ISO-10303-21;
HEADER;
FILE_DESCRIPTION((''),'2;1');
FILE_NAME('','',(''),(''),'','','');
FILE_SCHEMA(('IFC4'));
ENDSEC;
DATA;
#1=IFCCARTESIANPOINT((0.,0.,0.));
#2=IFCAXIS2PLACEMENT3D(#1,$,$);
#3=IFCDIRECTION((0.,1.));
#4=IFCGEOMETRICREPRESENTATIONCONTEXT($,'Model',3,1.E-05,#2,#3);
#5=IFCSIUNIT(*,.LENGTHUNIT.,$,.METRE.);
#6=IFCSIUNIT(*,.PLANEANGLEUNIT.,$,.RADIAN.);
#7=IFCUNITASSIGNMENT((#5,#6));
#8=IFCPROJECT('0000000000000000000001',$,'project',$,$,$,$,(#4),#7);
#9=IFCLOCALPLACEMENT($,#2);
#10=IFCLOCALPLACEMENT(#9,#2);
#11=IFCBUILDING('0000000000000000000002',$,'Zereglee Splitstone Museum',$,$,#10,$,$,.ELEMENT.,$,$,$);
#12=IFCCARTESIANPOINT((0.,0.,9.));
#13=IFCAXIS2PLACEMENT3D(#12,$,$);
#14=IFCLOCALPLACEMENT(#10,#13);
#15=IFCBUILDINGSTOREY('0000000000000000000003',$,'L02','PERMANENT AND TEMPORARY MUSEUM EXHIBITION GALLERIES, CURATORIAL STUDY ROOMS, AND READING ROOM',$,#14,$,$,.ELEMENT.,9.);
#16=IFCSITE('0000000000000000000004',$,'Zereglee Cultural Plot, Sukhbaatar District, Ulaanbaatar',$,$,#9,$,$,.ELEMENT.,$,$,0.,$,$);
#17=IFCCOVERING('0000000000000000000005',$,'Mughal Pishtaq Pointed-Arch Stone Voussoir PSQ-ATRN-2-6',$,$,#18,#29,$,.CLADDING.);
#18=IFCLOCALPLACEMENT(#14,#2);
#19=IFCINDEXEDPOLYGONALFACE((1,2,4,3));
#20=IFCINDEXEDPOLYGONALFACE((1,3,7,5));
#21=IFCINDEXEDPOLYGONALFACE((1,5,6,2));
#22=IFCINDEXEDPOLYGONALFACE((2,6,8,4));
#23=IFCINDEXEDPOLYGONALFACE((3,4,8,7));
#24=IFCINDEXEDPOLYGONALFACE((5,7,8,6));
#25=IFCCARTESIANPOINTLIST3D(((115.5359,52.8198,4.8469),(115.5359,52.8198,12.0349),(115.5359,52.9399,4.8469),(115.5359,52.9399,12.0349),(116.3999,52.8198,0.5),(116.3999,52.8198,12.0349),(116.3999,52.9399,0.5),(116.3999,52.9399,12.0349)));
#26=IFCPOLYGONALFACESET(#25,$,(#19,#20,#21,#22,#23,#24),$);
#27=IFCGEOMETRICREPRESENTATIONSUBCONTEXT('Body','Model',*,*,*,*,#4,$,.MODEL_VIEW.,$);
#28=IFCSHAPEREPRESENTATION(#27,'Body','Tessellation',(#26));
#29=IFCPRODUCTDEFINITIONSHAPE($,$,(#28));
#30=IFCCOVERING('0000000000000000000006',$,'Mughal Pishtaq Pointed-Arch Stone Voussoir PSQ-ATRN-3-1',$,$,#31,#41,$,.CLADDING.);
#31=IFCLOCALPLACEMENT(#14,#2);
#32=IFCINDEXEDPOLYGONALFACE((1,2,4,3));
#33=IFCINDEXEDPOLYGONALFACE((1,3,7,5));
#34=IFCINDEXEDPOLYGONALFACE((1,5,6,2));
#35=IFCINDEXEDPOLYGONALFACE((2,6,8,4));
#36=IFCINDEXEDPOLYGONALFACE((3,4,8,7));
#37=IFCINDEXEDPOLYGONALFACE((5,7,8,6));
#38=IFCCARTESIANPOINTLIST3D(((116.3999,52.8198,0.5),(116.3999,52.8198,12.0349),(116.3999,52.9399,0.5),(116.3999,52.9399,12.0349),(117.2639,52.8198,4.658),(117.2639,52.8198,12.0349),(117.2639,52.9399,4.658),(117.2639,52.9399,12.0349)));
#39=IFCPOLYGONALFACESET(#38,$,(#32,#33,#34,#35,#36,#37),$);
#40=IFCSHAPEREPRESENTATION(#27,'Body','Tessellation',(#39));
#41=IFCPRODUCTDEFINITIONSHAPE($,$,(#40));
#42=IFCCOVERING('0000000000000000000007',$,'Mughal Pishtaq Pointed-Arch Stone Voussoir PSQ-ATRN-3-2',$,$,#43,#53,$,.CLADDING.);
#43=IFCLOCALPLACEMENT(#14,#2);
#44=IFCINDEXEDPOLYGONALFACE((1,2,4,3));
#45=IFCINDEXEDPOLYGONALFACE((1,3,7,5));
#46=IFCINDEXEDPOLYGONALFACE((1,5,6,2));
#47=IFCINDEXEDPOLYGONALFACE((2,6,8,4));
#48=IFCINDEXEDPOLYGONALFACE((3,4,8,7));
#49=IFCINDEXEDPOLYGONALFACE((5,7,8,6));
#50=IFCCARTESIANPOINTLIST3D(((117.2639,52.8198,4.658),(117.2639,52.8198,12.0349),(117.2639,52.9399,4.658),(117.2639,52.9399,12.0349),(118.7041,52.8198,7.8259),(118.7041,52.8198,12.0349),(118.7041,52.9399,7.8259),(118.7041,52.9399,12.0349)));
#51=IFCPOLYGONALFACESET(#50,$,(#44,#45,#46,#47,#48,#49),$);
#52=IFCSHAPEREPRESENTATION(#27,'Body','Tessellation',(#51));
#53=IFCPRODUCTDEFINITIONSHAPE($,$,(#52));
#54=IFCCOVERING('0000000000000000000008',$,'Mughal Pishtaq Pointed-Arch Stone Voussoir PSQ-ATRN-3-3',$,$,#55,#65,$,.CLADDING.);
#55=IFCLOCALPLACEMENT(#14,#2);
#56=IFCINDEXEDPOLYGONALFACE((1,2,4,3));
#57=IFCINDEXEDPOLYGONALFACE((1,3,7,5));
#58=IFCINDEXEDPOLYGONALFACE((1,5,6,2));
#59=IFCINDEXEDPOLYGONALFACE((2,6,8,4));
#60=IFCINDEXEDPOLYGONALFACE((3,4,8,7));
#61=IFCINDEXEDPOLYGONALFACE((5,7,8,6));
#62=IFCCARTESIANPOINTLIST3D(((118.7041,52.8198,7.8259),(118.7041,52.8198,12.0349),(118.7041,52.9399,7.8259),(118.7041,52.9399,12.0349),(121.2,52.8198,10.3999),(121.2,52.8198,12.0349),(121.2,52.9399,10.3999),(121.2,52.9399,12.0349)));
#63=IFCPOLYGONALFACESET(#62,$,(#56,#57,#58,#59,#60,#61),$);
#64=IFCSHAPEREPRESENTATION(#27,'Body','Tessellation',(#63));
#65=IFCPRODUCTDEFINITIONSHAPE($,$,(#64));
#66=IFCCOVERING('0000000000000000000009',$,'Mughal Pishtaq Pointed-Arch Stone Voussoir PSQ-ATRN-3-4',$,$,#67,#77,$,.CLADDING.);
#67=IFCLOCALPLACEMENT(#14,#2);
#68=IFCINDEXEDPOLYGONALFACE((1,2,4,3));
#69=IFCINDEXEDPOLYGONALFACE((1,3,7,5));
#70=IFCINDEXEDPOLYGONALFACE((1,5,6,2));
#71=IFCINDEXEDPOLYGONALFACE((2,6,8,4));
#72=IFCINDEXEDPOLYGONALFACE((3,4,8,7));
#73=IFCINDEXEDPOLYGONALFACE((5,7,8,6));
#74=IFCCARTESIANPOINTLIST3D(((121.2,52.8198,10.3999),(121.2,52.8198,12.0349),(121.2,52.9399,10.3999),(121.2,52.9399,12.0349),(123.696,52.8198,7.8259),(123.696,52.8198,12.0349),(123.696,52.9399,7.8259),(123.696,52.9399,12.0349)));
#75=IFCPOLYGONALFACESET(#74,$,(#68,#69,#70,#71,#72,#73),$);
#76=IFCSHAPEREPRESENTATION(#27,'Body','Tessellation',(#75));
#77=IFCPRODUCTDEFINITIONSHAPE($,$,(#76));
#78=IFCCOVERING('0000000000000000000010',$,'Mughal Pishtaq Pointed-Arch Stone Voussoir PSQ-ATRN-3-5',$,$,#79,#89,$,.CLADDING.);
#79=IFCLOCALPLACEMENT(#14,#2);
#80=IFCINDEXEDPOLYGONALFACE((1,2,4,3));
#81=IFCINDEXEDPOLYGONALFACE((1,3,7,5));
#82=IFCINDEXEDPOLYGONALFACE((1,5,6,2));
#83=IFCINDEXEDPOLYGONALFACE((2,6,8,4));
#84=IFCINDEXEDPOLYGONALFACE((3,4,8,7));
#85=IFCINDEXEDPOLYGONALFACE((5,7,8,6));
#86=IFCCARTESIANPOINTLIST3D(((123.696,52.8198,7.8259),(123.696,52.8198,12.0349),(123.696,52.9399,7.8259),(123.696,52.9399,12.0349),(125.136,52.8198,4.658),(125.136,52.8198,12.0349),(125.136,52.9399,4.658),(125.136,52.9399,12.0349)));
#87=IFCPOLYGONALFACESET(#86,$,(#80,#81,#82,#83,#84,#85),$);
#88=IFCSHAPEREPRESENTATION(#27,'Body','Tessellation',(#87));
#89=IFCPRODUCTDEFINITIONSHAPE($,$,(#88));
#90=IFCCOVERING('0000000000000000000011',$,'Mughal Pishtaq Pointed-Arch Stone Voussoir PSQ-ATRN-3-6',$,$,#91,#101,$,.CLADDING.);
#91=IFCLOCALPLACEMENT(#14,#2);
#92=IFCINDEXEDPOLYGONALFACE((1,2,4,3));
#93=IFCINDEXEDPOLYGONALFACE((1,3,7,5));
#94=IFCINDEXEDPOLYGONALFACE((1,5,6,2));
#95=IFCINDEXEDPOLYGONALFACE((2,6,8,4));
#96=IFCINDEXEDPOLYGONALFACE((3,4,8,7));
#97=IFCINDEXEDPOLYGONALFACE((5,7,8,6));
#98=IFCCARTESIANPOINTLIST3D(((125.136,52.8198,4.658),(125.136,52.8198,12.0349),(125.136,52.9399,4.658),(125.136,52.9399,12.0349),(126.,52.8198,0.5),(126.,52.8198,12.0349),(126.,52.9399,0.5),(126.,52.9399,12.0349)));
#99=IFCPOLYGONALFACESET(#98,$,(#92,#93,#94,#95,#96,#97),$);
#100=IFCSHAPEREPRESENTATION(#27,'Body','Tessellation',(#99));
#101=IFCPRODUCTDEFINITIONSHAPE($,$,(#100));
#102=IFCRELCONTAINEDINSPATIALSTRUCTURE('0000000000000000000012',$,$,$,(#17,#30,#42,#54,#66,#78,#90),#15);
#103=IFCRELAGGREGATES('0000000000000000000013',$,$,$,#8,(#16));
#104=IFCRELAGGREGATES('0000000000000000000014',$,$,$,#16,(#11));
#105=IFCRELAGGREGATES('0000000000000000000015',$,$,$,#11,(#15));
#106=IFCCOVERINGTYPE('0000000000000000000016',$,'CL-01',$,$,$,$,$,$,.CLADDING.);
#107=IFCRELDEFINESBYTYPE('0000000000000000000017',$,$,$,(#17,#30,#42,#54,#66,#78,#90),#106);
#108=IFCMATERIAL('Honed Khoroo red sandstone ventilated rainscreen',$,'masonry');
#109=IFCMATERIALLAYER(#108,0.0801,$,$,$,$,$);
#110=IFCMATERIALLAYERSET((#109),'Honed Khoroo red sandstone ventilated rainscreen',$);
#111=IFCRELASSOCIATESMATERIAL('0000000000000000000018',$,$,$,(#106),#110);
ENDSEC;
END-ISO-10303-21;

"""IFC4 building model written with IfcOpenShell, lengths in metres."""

from ifc_helpers import new_model, si_unit, direction, frame, origin, place, context, subcontext, project, spatial, polyline, outline, extrude, material, layer, layer_set, type_object, element, save


model = new_model("IFC4")

# Units and contexts
model_context = context("Model", 3, precision=1e-05, world=origin(), true_north=direction((0.0, 1.0)))
body_context = subcontext(model_context, "Body", "Model", "MODEL_VIEW")
ifc_project = project(units=[si_unit("LENGTHUNIT", "METRE"), si_unit("PLANEANGLEUNIT", "RADIAN")], contexts=[model_context])

# Site, building, storey
site_placement = place(None, origin())
site = spatial("IfcSite", under=ifc_project, at=site_placement, Name="Zereglee Cultural Plot, Sukhbaatar District, Ulaanbaatar", CompositionType="ELEMENT", RefElevation=0.0)
building_placement = place(site_placement, origin())
building = spatial("IfcBuilding", under=site, at=building_placement, Name="Zereglee Splitstone Museum", CompositionType="ELEMENT")
storey_placement = place(building_placement, frame((0.0, 0.0, 9.0)))
storey = spatial("IfcBuildingStorey", under=building, at=storey_placement, Name="L02", Description="PERMANENT AND TEMPORARY MUSEUM EXHIBITION GALLERIES, CURATORIAL STUDY ROOMS, AND READING ROOM", CompositionType="ELEMENT", Elevation=9.0)

# Coverings
ifc_material_1 = material(Name="Honed Khoroo red sandstone ventilated rainscreen", Category="masonry")
ifc_layer_1 = layer(ifc_material_1, 0.0801)
ifc_layer_set_1 = layer_set([ifc_layer_1], Name="Honed Khoroo red sandstone ventilated rainscreen")
covering_type_1 = type_object("IfcCoveringType", Name="CL-01", PredefinedType="CLADDING", material=ifc_layer_set_1)
covering_1_placement = place(storey_placement, frame((115.5359, 52.9399, 12.0349), z_axis=(0.0, 1.0, 0.0), x_axis=(1.0, 0.0, 0.0)))
element("IfcCovering", 1, at=covering_1_placement, inside=storey, type_object=covering_type_1, Name="Mughal Pishtaq Pointed-Arch Stone Voussoir PSQ-ATRN-2-6", PredefinedType="CLADDING", context=body_context, shape_type="SweptSolid", body=[
    extrude(outline(polyline([(0.0, 0.0), (0.864, 0.0), (0.864, 11.5349), (0.0, 7.188), (0.0, 0.0)])), origin(), (0.0, 0.0, -1.0), 0.1201),
])
covering_2_placement = place(storey_placement, frame((116.3999, 52.9399, 12.0349), z_axis=(0.0, 1.0, 0.0), x_axis=(1.0, 0.0, 0.0)))
element("IfcCovering", 2, at=covering_2_placement, inside=storey, type_object=covering_type_1, Name="Mughal Pishtaq Pointed-Arch Stone Voussoir PSQ-ATRN-3-1", PredefinedType="CLADDING", context=body_context, shape_type="SweptSolid", body=[
    extrude(outline(polyline([(0.0, 0.0), (0.864, 0.0), (0.864, 7.377), (0.0, 11.5349), (0.0, 0.0)])), origin(), (0.0, 0.0, -1.0), 0.1201),
])
covering_3_placement = place(storey_placement, frame((117.2639, 52.9399, 12.0349), z_axis=(0.0, 1.0, 0.0), x_axis=(1.0, 0.0, 0.0)))
element("IfcCovering", 3, at=covering_3_placement, inside=storey, type_object=covering_type_1, Name="Mughal Pishtaq Pointed-Arch Stone Voussoir PSQ-ATRN-3-2", PredefinedType="CLADDING", context=body_context, shape_type="SweptSolid", body=[
    extrude(outline(polyline([(0.0, 0.0), (1.4402, 0.0), (1.4402, 4.209), (0.0, 7.377), (0.0, 0.0)])), origin(), (0.0, 0.0, -1.0), 0.1201),
])
covering_4_placement = place(storey_placement, frame((118.7041, 52.9399, 12.0349), z_axis=(0.0, 1.0, 0.0), x_axis=(1.0, 0.0, 0.0)))
element("IfcCovering", 4, at=covering_4_placement, inside=storey, type_object=covering_type_1, Name="Mughal Pishtaq Pointed-Arch Stone Voussoir PSQ-ATRN-3-3", PredefinedType="CLADDING", context=body_context, shape_type="SweptSolid", body=[
    extrude(outline(polyline([(0.0, 0.0), (2.4958, 0.0), (2.4958, 1.635), (0.0, 4.209), (0.0, 0.0)])), origin(), (0.0, 0.0, -1.0), 0.1201),
])
covering_5_placement = place(storey_placement, frame((121.2, 52.9399, 12.0349), z_axis=(0.0, 1.0, 0.0), x_axis=(1.0, 0.0, 0.0)))
element("IfcCovering", 5, at=covering_5_placement, inside=storey, type_object=covering_type_1, Name="Mughal Pishtaq Pointed-Arch Stone Voussoir PSQ-ATRN-3-4", PredefinedType="CLADDING", context=body_context, shape_type="SweptSolid", body=[
    extrude(outline(polyline([(0.0, 0.0), (2.4961, 0.0), (2.4961, 4.209), (0.0, 1.635), (0.0, 0.0)])), origin(), (0.0, 0.0, -1.0), 0.1201),
])
covering_6_placement = place(storey_placement, frame((123.696, 52.9399, 12.0349), z_axis=(0.0, 1.0, 0.0), x_axis=(1.0, 0.0, 0.0)))
element("IfcCovering", 6, at=covering_6_placement, inside=storey, type_object=covering_type_1, Name="Mughal Pishtaq Pointed-Arch Stone Voussoir PSQ-ATRN-3-5", PredefinedType="CLADDING", context=body_context, shape_type="SweptSolid", body=[
    extrude(outline(polyline([(0.0, 0.0), (1.4399, 0.0), (1.4399, 7.377), (0.0, 4.209), (0.0, 0.0)])), origin(), (0.0, 0.0, -1.0), 0.1201),
])
covering_7_placement = place(storey_placement, frame((125.136, 52.9399, 12.0349), z_axis=(0.0, 1.0, 0.0), x_axis=(1.0, 0.0, 0.0)))
element("IfcCovering", 7, at=covering_7_placement, inside=storey, type_object=covering_type_1, Name="Mughal Pishtaq Pointed-Arch Stone Voussoir PSQ-ATRN-3-6", PredefinedType="CLADDING", context=body_context, shape_type="SweptSolid", body=[
    extrude(outline(polyline([(0.0, 0.0), (0.864, 0.0), (0.864, 11.5349), (0.0, 7.377), (0.0, 0.0)])), origin(), (0.0, 0.0, -1.0), 0.1201),
])

save(model, "model.ifc")
